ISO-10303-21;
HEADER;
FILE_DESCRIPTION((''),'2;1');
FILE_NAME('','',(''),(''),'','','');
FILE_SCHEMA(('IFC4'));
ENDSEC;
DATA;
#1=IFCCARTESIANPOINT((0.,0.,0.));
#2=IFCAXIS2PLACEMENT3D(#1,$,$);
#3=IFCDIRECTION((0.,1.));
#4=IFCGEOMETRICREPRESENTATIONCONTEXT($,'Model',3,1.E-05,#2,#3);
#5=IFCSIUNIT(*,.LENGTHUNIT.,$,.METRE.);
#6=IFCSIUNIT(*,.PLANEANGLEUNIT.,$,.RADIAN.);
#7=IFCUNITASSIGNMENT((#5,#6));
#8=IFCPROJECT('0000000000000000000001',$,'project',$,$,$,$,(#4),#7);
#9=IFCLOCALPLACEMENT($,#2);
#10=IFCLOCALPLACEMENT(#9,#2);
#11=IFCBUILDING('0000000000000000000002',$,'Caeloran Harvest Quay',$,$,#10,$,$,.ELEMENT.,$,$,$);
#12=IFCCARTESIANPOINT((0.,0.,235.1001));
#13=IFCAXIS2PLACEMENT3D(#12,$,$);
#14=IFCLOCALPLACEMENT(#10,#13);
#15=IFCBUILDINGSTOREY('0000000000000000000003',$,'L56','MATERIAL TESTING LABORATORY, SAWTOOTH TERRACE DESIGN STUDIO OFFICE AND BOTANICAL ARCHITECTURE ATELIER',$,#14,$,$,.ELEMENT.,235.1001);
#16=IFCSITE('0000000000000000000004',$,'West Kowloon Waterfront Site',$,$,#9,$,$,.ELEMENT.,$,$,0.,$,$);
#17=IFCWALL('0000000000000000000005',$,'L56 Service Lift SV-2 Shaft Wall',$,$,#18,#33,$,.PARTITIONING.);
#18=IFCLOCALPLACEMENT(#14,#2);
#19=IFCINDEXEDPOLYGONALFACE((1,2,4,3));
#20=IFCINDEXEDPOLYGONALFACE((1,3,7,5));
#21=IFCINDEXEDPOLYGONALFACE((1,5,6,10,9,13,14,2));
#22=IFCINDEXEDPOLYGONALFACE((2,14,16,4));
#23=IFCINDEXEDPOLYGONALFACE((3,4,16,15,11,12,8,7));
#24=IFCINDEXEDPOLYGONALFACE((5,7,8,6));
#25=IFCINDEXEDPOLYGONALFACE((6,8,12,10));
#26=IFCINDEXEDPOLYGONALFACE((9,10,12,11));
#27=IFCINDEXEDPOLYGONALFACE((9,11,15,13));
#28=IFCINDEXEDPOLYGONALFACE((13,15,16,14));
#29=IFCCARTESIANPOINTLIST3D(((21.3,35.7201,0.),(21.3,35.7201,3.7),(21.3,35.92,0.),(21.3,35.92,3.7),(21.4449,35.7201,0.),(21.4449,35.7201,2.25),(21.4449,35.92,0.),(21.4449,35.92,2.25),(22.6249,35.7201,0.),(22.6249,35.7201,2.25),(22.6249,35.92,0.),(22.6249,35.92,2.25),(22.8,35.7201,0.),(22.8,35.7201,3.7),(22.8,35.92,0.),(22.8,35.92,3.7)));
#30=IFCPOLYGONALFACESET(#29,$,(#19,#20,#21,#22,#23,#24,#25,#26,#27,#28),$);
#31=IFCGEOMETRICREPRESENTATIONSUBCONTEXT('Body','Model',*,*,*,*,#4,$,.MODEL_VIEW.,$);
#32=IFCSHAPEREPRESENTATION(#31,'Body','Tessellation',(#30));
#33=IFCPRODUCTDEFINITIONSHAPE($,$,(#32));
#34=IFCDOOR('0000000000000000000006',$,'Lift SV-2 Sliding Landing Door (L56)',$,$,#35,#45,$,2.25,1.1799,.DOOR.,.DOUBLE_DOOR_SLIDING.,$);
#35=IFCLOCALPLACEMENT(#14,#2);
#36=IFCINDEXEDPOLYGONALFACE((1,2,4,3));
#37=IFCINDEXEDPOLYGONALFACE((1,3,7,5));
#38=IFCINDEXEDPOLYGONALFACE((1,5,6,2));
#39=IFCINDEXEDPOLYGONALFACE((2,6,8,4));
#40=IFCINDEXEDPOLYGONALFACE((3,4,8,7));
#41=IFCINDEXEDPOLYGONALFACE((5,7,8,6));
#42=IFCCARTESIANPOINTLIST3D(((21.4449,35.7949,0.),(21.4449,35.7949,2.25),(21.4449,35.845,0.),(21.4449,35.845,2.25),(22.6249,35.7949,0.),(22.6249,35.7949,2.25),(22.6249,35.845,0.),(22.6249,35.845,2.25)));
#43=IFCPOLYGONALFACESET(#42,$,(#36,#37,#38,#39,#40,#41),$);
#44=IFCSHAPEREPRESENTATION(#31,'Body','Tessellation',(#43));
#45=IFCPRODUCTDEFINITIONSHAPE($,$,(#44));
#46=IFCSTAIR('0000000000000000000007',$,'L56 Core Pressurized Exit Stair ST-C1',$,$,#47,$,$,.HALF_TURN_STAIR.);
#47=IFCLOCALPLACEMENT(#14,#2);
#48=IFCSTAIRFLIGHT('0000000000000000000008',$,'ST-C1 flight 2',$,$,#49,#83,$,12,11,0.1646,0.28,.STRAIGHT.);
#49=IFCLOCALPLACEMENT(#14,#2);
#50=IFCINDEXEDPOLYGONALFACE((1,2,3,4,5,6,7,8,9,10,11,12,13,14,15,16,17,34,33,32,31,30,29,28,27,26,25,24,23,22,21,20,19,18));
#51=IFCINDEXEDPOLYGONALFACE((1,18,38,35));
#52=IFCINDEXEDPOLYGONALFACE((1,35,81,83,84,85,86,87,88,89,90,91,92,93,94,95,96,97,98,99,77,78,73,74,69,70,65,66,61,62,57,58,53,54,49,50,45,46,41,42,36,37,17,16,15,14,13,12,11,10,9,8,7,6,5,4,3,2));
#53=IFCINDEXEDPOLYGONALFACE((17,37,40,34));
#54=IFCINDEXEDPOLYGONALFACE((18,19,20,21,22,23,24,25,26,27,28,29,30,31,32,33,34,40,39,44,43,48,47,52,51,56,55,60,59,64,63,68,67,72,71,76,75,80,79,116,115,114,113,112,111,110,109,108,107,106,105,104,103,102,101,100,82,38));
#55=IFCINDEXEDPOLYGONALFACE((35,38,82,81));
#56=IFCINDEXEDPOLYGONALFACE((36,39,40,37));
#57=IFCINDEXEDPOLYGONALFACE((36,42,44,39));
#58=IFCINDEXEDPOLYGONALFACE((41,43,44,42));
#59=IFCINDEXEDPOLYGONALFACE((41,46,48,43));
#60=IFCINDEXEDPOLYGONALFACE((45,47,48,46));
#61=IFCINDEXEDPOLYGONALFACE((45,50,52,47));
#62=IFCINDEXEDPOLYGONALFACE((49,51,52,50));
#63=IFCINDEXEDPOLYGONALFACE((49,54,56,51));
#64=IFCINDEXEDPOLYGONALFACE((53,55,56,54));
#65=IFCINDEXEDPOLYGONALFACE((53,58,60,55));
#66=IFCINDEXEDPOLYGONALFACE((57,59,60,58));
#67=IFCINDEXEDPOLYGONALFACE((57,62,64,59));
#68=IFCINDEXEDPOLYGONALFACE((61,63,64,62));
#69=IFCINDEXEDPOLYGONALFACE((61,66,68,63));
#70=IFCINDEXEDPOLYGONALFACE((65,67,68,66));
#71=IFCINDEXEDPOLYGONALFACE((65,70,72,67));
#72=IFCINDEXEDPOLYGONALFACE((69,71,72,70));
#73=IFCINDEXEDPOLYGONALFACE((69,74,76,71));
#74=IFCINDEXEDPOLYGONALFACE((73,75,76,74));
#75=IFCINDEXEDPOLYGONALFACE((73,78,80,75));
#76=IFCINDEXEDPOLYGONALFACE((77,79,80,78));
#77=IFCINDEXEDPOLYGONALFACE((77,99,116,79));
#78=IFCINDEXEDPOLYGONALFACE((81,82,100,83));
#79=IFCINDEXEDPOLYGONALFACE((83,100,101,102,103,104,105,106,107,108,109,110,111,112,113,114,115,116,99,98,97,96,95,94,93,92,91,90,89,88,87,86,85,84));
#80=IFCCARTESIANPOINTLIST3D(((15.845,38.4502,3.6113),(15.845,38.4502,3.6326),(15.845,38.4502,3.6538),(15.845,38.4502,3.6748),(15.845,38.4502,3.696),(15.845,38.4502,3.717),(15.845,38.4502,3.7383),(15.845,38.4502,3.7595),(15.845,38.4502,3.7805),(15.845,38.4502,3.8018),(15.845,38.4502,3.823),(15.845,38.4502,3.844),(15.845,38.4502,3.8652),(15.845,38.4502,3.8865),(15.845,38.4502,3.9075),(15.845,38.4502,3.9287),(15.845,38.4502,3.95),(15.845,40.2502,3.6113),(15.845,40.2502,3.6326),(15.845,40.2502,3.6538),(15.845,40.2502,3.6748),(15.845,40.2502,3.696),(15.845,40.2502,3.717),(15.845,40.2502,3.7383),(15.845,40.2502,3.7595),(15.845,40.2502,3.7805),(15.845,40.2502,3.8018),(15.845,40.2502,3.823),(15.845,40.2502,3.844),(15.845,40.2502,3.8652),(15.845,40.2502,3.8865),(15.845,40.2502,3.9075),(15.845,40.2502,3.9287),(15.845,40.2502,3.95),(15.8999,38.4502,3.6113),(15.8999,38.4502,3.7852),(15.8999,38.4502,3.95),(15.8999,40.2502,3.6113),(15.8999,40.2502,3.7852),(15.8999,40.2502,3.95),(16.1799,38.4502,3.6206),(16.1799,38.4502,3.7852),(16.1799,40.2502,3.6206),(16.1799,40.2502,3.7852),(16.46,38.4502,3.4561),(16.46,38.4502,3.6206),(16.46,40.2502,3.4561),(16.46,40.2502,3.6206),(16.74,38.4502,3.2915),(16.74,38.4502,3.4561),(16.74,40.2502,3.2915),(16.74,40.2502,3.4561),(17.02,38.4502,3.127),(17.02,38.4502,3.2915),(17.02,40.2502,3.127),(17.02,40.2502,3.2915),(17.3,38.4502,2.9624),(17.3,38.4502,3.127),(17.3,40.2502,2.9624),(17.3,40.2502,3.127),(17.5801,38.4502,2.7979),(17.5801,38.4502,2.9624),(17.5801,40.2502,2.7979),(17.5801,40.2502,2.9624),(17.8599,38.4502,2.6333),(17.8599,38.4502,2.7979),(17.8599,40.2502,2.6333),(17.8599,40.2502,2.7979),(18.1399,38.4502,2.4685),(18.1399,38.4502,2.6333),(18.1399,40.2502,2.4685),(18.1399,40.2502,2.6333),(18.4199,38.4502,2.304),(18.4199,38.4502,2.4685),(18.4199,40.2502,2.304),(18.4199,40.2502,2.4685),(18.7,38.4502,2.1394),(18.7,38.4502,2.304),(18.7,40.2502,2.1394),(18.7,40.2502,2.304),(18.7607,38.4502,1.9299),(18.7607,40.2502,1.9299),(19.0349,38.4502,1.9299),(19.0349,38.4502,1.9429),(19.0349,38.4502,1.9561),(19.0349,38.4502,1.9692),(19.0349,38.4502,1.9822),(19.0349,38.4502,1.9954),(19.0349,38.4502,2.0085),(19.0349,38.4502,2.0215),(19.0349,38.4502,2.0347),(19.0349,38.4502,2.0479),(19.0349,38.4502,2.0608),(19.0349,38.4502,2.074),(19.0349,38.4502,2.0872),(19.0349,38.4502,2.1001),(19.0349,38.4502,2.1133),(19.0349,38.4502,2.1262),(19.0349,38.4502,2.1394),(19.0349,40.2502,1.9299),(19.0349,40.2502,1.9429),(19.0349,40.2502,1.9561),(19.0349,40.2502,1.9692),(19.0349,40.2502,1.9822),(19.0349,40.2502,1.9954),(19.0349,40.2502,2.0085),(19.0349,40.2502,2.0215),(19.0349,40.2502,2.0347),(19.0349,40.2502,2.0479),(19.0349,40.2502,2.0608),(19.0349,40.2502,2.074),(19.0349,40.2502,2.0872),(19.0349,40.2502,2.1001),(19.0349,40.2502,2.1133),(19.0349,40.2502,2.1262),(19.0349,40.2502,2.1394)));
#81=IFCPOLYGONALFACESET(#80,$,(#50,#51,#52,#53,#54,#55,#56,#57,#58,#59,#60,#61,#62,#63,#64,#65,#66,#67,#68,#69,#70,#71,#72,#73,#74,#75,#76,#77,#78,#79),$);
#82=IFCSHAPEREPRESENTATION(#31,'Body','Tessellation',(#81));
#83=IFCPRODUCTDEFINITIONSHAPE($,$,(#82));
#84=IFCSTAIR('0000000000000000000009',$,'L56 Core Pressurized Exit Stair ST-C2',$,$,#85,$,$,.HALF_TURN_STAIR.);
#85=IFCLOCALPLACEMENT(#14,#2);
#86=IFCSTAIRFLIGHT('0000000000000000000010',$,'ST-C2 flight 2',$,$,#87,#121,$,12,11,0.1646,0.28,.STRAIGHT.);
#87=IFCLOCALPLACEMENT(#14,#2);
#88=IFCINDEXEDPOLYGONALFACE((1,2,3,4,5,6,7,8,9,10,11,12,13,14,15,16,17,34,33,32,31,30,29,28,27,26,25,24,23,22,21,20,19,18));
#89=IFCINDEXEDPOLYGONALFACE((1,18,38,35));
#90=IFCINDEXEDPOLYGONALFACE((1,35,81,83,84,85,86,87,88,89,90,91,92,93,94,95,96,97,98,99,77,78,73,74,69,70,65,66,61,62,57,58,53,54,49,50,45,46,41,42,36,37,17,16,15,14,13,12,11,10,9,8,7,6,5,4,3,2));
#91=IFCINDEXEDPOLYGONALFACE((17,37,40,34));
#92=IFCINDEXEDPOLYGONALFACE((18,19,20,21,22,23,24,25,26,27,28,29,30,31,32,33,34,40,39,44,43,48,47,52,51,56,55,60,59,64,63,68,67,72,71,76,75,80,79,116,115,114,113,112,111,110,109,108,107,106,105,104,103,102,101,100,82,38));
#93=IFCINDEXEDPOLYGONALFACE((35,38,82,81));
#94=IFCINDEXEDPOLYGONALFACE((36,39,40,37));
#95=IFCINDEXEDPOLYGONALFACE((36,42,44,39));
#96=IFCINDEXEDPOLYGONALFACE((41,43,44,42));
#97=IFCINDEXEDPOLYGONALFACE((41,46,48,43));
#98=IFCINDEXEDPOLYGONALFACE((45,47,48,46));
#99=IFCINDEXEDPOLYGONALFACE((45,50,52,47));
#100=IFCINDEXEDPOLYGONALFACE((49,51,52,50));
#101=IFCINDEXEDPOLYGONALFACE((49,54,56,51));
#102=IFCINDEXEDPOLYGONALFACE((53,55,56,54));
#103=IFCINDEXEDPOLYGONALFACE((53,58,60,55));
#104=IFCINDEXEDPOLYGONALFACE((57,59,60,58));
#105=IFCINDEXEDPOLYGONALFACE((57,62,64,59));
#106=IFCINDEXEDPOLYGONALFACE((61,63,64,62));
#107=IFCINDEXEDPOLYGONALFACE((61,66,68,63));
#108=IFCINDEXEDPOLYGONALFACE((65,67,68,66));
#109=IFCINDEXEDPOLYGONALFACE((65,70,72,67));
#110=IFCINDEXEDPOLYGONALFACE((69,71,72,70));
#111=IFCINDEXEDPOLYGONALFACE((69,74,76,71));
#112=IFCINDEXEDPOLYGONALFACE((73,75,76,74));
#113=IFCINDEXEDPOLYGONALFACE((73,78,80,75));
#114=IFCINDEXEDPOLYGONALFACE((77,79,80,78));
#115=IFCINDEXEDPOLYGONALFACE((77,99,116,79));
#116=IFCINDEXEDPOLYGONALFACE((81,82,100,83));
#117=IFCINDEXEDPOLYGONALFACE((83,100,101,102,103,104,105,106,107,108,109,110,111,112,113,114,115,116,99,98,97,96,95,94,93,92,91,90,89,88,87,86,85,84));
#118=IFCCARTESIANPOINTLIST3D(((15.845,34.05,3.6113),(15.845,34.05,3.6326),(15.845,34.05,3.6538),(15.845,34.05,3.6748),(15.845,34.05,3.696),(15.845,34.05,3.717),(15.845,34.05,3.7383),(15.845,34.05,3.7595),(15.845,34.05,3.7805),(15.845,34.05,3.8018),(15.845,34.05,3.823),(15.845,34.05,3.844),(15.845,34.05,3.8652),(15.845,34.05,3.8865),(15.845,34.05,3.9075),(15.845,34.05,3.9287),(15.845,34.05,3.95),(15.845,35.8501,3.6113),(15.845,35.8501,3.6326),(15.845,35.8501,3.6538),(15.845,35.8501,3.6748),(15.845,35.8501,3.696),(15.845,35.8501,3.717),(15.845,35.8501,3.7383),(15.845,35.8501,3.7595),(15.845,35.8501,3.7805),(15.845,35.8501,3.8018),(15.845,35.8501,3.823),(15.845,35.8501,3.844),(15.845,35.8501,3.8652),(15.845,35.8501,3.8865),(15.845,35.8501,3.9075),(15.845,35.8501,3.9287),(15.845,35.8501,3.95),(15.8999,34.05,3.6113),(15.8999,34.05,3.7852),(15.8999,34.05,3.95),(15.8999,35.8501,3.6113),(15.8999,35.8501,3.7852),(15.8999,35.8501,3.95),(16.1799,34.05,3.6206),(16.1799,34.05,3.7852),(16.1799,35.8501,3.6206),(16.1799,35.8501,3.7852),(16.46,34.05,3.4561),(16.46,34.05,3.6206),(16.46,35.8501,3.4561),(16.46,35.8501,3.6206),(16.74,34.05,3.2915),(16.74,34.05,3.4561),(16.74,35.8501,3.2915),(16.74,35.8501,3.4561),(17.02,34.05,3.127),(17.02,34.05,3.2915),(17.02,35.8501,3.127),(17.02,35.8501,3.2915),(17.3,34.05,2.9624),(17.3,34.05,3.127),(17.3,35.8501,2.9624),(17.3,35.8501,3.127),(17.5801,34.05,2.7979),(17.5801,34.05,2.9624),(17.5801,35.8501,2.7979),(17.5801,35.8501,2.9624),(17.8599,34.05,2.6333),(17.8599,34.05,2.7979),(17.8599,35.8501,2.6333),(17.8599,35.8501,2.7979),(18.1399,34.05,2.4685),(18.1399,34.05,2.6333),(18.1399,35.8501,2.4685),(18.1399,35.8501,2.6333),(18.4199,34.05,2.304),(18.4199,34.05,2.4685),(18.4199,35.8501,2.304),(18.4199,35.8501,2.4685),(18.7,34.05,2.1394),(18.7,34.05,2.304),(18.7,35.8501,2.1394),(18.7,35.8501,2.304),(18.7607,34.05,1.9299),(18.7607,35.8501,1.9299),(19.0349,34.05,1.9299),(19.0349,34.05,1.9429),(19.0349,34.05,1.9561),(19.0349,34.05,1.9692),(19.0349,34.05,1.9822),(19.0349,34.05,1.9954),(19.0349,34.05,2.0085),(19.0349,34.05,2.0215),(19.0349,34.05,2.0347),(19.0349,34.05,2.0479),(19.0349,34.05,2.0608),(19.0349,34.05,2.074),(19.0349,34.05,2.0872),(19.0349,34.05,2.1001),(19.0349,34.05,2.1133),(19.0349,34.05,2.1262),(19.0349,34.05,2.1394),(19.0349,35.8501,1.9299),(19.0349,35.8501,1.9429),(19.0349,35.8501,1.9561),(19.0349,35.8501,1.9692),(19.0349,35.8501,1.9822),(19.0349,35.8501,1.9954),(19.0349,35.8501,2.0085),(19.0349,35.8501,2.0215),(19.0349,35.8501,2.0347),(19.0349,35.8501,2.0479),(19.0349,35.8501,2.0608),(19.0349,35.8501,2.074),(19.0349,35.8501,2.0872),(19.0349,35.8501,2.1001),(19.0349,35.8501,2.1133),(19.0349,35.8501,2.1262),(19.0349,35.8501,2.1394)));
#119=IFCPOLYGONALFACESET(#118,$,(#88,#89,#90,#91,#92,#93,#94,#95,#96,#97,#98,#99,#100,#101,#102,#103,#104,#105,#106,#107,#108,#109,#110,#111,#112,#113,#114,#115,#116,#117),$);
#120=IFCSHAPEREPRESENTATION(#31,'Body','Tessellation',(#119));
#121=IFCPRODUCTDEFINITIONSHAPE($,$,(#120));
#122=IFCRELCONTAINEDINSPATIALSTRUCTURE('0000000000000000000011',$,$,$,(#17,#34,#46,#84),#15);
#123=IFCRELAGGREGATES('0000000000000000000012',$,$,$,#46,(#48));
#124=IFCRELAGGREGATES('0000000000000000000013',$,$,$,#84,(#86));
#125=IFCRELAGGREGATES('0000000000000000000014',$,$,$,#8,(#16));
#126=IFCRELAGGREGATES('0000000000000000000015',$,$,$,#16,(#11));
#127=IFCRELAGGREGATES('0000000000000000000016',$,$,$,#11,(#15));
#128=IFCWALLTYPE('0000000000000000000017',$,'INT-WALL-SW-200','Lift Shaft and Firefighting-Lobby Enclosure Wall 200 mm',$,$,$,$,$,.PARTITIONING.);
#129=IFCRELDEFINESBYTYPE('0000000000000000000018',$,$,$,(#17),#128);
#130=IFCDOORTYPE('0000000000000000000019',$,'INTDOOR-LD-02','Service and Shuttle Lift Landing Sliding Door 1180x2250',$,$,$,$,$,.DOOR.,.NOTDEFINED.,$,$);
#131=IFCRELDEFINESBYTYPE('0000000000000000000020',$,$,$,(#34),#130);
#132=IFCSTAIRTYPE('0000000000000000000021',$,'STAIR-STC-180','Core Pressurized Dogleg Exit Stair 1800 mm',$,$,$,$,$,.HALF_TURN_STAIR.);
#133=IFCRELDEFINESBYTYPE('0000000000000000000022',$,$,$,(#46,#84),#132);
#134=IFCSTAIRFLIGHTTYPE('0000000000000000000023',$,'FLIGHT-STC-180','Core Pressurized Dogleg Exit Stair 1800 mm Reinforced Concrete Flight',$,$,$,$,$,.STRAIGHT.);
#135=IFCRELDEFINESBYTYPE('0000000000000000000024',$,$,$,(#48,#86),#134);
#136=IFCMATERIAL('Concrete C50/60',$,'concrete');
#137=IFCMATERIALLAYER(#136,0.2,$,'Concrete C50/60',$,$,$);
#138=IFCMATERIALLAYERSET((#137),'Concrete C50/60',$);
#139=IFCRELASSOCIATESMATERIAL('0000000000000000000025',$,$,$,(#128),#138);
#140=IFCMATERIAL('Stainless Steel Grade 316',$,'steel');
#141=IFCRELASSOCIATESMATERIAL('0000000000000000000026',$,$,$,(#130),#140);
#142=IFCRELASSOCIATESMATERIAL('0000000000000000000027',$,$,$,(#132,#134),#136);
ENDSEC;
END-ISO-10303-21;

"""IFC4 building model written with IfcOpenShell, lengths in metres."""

from ifc_helpers import new_model, si_unit, direction, frame, frame_2d, origin, place, context, subcontext, project, spatial, polyline, rectangle, outline, extrude, material, layer, layer_set, type_object, element, fill, aggregate, save


model = new_model("IFC4")

# Units and contexts
model_context = context("Model", 3, precision=1e-05, world=origin(), true_north=direction((0.0, 1.0)))
body_context = subcontext(model_context, "Body", "Model", "MODEL_VIEW")
ifc_project = project(units=[si_unit("LENGTHUNIT", "METRE"), si_unit("PLANEANGLEUNIT", "RADIAN")], contexts=[model_context])

# Site, building, storey
site_placement = place(None, origin())
site = spatial("IfcSite", under=ifc_project, at=site_placement, Name="West Kowloon Waterfront Site", CompositionType="ELEMENT", RefElevation=0.0)
building_placement = place(site_placement, origin())
building = spatial("IfcBuilding", under=site, at=building_placement, Name="Caeloran Harvest Quay", CompositionType="ELEMENT")
storey_placement = place(building_placement, frame((0.0, 0.0, 235.1001)))
storey = spatial("IfcBuildingStorey", under=building, at=storey_placement, Name="L56", Description="MATERIAL TESTING LABORATORY, SAWTOOTH TERRACE DESIGN STUDIO OFFICE AND BOTANICAL ARCHITECTURE ATELIER", CompositionType="ELEMENT", Elevation=235.1001)

# Wall, opening, door
ifc_material_1 = material(Name="Concrete C50/60", Category="concrete")
ifc_layer_1 = layer(ifc_material_1, 0.2, Name="Concrete C50/60")
ifc_layer_set_1 = layer_set([ifc_layer_1], Name="Concrete C50/60")
wall_type_1 = type_object("IfcWallType", Name="INT-WALL-SW-200", Description="Lift Shaft and Firefighting-Lobby Enclosure Wall 200 mm", PredefinedType="PARTITIONING", material=ifc_layer_set_1)
wall_1_placement = place(storey_placement, frame((21.3, 35.8201, 0.0), z_axis=(0.0, 0.0, 1.0), x_axis=(1.0, 0.0, 0.0)))
wall_1 = element("IfcWall", 1, at=wall_1_placement, inside=storey, type_object=wall_type_1, Name="L56 Service Lift SV-2 Shaft Wall", PredefinedType="PARTITIONING", context=body_context, shape_type="SweptSolid", body=[
    extrude(rectangle(XDim=1.5, YDim=0.2, at=frame_2d((0.75, 0.0))), origin(), (0.0, 0.0, 1.0), 3.7),
])
opening_placement = place(wall_1_placement, frame((0.145, 0.0, 0.0)))
opening = element("IfcOpeningElement", 2, at=opening_placement, cuts=wall_1, PredefinedType="OPENING", context=body_context, shape_type="SweptSolid", body=[
    extrude(rectangle(XDim=1.1799, YDim=2.25, at=frame_2d((0.5898, 1.125))), frame((0.0, 0.1099, 0.0), z_axis=(0.0, -1.0, 0.0), x_axis=(1.0, 0.0, 0.0)), (0.0, 0.0, 1.0), 0.22),
])
ifc_material_2 = material(Name="Stainless Steel Grade 316", Category="steel")
door_type = type_object("IfcDoorType", Name="INTDOOR-LD-02", Description="Service and Shuttle Lift Landing Sliding Door 1180x2250", OperationType="NOTDEFINED", PredefinedType="DOOR", material=ifc_material_2)
door_placement = place(opening_placement, origin())
door = element("IfcDoor", 3, at=door_placement, inside=storey, type_object=door_type, Name="Lift SV-2 Sliding Landing Door (L56)", OperationType="DOUBLE_DOOR_SLIDING", OverallHeight=2.25, OverallWidth=1.1799, PredefinedType="DOOR", context=body_context, shape_type="SweptSolid", body=[
    extrude(rectangle(XDim=1.1799, YDim=2.25, at=frame_2d((0.5898, 1.125))), frame((0.0, 0.0249, 0.0), z_axis=(0.0, -1.0, 0.0), x_axis=(1.0, 0.0, 0.0)), (0.0, 0.0, 1.0), 0.05),
])
fill(opening, door)

# Stairs, stair flights
stair_type = type_object("IfcStairType", Name="STAIR-STC-180", Description="Core Pressurized Dogleg Exit Stair 1800 mm", PredefinedType="HALF_TURN_STAIR", material=ifc_material_1)
stair_1_placement = place(storey_placement, origin())
stair_1 = element("IfcStair", 4, at=stair_1_placement, inside=storey, type_object=stair_type, Name="L56 Core Pressurized Exit Stair ST-C1", PredefinedType="HALF_TURN_STAIR")
stair_flight_type = type_object("IfcStairFlightType", Name="FLIGHT-STC-180", Description="Core Pressurized Dogleg Exit Stair 1800 mm Reinforced Concrete Flight", PredefinedType="STRAIGHT", material=ifc_material_1)
stair_flight_1_placement = place(storey_placement, frame((18.98, 39.3501, 1.9749), z_axis=(0.0, 0.0, 1.0), x_axis=(-1.0, 0.0, 0.0)))
stair_flight_1 = element("IfcStairFlight", 5, at=stair_flight_1_placement, type_object=stair_flight_type, Name="ST-C1 flight 2", NumberOfRisers=12, NumberOfTreads=11, PredefinedType="STRAIGHT", RiserHeight=0.1646, TreadLength=0.28, context=body_context, shape_type="SweptSolid", body=[
    extrude(outline(polyline([(-0.0549, -0.0449), (-0.0549, -0.032), (-0.0549, -0.0188), (-0.0549, -0.0056), (-0.0549, 0.0073), (-0.0549, 0.0205), (-0.0549, 0.0337), (-0.0549, 0.0466), (-0.0549, 0.0598), (-0.0549, 0.073), (-0.0549, 0.0859), (-0.0549, 0.0991), (-0.0549, 0.1123), (-0.0549, 0.1252), (-0.0549, 0.1384), (-0.0549, 0.1514), (-0.0549, 0.1646), (0.28, 0.1646), (0.28, 0.3291), (0.5601, 0.3291), (0.5601, 0.4937), (0.8401, 0.4937), (0.8401, 0.6584), (1.1201, 0.6584), (1.1201, 0.823), (1.3999, 0.823), (1.3999, 0.9875), (1.6799, 0.9875), (1.6799, 1.1521), (1.96, 1.1521), (1.96, 1.3167), (2.24, 1.3167), (2.24, 1.4812), (2.52, 1.4812), (2.52, 1.6458), (2.8, 1.6458), (2.8, 1.8103), (3.0801, 1.8103), (3.0801, 1.9751), (3.135, 1.9751), (3.135, 1.9539), (3.135, 1.9326), (3.135, 1.9116), (3.135, 1.8904), (3.135, 1.8691), (3.135, 1.8481), (3.135, 1.8269), (3.135, 1.8057), (3.135, 1.7847), (3.135, 1.7634), (3.135, 1.7422), (3.135, 1.7212), (3.135, 1.7), (3.135, 1.679), (3.135, 1.6577), (3.135, 1.6365), (3.0801, 1.6365), (0.2192, -0.0449), (-0.0549, -0.0449)])), frame((0.0, 0.8999, 0.0), z_axis=(0.0, -1.0, 0.0), x_axis=(1.0, 0.0, 0.0)), (0.0, 0.0, 1.0), 1.8),
])
aggregate(stair_1, [stair_flight_1])
stair_2_placement = place(storey_placement, origin())
stair_2 = element("IfcStair", 6, at=stair_2_placement, inside=storey, type_object=stair_type, Name="L56 Core Pressurized Exit Stair ST-C2", PredefinedType="HALF_TURN_STAIR")
stair_flight_2_placement = place(storey_placement, frame((18.98, 34.95, 1.9749), z_axis=(0.0, 0.0, 1.0), x_axis=(-1.0, 0.0, 0.0)))
stair_flight_2 = element("IfcStairFlight", 7, at=stair_flight_2_placement, type_object=stair_flight_type, Name="ST-C2 flight 2", NumberOfRisers=12, NumberOfTreads=11, PredefinedType="STRAIGHT", RiserHeight=0.1646, TreadLength=0.28, context=body_context, shape_type="SweptSolid", body=[
    extrude(outline(polyline([(-0.0549, -0.0449), (-0.0549, -0.032), (-0.0549, -0.0188), (-0.0549, -0.0056), (-0.0549, 0.0073), (-0.0549, 0.0205), (-0.0549, 0.0337), (-0.0549, 0.0466), (-0.0549, 0.0598), (-0.0549, 0.073), (-0.0549, 0.0859), (-0.0549, 0.0991), (-0.0549, 0.1123), (-0.0549, 0.1252), (-0.0549, 0.1384), (-0.0549, 0.1514), (-0.0549, 0.1646), (0.28, 0.1646), (0.28, 0.3291), (0.5601, 0.3291), (0.5601, 0.4937), (0.8401, 0.4937), (0.8401, 0.6584), (1.1201, 0.6584), (1.1201, 0.823), (1.3999, 0.823), (1.3999, 0.9875), (1.6799, 0.9875), (1.6799, 1.1521), (1.96, 1.1521), (1.96, 1.3167), (2.24, 1.3167), (2.24, 1.4812), (2.52, 1.4812), (2.52, 1.6458), (2.8, 1.6458), (2.8, 1.8103), (3.0801, 1.8103), (3.0801, 1.9751), (3.135, 1.9751), (3.135, 1.9539), (3.135, 1.9326), (3.135, 1.9116), (3.135, 1.8904), (3.135, 1.8691), (3.135, 1.8481), (3.135, 1.8269), (3.135, 1.8057), (3.135, 1.7847), (3.135, 1.7634), (3.135, 1.7422), (3.135, 1.7212), (3.135, 1.7), (3.135, 1.679), (3.135, 1.6577), (3.135, 1.6365), (3.0801, 1.6365), (0.2192, -0.0449), (-0.0549, -0.0449)])), frame((0.0, 0.8999, 0.0), z_axis=(0.0, -1.0, 0.0), x_axis=(1.0, 0.0, 0.0)), (0.0, 0.0, 1.0), 1.8),
])
aggregate(stair_2, [stair_flight_2])

save(model, "model.ifc")
